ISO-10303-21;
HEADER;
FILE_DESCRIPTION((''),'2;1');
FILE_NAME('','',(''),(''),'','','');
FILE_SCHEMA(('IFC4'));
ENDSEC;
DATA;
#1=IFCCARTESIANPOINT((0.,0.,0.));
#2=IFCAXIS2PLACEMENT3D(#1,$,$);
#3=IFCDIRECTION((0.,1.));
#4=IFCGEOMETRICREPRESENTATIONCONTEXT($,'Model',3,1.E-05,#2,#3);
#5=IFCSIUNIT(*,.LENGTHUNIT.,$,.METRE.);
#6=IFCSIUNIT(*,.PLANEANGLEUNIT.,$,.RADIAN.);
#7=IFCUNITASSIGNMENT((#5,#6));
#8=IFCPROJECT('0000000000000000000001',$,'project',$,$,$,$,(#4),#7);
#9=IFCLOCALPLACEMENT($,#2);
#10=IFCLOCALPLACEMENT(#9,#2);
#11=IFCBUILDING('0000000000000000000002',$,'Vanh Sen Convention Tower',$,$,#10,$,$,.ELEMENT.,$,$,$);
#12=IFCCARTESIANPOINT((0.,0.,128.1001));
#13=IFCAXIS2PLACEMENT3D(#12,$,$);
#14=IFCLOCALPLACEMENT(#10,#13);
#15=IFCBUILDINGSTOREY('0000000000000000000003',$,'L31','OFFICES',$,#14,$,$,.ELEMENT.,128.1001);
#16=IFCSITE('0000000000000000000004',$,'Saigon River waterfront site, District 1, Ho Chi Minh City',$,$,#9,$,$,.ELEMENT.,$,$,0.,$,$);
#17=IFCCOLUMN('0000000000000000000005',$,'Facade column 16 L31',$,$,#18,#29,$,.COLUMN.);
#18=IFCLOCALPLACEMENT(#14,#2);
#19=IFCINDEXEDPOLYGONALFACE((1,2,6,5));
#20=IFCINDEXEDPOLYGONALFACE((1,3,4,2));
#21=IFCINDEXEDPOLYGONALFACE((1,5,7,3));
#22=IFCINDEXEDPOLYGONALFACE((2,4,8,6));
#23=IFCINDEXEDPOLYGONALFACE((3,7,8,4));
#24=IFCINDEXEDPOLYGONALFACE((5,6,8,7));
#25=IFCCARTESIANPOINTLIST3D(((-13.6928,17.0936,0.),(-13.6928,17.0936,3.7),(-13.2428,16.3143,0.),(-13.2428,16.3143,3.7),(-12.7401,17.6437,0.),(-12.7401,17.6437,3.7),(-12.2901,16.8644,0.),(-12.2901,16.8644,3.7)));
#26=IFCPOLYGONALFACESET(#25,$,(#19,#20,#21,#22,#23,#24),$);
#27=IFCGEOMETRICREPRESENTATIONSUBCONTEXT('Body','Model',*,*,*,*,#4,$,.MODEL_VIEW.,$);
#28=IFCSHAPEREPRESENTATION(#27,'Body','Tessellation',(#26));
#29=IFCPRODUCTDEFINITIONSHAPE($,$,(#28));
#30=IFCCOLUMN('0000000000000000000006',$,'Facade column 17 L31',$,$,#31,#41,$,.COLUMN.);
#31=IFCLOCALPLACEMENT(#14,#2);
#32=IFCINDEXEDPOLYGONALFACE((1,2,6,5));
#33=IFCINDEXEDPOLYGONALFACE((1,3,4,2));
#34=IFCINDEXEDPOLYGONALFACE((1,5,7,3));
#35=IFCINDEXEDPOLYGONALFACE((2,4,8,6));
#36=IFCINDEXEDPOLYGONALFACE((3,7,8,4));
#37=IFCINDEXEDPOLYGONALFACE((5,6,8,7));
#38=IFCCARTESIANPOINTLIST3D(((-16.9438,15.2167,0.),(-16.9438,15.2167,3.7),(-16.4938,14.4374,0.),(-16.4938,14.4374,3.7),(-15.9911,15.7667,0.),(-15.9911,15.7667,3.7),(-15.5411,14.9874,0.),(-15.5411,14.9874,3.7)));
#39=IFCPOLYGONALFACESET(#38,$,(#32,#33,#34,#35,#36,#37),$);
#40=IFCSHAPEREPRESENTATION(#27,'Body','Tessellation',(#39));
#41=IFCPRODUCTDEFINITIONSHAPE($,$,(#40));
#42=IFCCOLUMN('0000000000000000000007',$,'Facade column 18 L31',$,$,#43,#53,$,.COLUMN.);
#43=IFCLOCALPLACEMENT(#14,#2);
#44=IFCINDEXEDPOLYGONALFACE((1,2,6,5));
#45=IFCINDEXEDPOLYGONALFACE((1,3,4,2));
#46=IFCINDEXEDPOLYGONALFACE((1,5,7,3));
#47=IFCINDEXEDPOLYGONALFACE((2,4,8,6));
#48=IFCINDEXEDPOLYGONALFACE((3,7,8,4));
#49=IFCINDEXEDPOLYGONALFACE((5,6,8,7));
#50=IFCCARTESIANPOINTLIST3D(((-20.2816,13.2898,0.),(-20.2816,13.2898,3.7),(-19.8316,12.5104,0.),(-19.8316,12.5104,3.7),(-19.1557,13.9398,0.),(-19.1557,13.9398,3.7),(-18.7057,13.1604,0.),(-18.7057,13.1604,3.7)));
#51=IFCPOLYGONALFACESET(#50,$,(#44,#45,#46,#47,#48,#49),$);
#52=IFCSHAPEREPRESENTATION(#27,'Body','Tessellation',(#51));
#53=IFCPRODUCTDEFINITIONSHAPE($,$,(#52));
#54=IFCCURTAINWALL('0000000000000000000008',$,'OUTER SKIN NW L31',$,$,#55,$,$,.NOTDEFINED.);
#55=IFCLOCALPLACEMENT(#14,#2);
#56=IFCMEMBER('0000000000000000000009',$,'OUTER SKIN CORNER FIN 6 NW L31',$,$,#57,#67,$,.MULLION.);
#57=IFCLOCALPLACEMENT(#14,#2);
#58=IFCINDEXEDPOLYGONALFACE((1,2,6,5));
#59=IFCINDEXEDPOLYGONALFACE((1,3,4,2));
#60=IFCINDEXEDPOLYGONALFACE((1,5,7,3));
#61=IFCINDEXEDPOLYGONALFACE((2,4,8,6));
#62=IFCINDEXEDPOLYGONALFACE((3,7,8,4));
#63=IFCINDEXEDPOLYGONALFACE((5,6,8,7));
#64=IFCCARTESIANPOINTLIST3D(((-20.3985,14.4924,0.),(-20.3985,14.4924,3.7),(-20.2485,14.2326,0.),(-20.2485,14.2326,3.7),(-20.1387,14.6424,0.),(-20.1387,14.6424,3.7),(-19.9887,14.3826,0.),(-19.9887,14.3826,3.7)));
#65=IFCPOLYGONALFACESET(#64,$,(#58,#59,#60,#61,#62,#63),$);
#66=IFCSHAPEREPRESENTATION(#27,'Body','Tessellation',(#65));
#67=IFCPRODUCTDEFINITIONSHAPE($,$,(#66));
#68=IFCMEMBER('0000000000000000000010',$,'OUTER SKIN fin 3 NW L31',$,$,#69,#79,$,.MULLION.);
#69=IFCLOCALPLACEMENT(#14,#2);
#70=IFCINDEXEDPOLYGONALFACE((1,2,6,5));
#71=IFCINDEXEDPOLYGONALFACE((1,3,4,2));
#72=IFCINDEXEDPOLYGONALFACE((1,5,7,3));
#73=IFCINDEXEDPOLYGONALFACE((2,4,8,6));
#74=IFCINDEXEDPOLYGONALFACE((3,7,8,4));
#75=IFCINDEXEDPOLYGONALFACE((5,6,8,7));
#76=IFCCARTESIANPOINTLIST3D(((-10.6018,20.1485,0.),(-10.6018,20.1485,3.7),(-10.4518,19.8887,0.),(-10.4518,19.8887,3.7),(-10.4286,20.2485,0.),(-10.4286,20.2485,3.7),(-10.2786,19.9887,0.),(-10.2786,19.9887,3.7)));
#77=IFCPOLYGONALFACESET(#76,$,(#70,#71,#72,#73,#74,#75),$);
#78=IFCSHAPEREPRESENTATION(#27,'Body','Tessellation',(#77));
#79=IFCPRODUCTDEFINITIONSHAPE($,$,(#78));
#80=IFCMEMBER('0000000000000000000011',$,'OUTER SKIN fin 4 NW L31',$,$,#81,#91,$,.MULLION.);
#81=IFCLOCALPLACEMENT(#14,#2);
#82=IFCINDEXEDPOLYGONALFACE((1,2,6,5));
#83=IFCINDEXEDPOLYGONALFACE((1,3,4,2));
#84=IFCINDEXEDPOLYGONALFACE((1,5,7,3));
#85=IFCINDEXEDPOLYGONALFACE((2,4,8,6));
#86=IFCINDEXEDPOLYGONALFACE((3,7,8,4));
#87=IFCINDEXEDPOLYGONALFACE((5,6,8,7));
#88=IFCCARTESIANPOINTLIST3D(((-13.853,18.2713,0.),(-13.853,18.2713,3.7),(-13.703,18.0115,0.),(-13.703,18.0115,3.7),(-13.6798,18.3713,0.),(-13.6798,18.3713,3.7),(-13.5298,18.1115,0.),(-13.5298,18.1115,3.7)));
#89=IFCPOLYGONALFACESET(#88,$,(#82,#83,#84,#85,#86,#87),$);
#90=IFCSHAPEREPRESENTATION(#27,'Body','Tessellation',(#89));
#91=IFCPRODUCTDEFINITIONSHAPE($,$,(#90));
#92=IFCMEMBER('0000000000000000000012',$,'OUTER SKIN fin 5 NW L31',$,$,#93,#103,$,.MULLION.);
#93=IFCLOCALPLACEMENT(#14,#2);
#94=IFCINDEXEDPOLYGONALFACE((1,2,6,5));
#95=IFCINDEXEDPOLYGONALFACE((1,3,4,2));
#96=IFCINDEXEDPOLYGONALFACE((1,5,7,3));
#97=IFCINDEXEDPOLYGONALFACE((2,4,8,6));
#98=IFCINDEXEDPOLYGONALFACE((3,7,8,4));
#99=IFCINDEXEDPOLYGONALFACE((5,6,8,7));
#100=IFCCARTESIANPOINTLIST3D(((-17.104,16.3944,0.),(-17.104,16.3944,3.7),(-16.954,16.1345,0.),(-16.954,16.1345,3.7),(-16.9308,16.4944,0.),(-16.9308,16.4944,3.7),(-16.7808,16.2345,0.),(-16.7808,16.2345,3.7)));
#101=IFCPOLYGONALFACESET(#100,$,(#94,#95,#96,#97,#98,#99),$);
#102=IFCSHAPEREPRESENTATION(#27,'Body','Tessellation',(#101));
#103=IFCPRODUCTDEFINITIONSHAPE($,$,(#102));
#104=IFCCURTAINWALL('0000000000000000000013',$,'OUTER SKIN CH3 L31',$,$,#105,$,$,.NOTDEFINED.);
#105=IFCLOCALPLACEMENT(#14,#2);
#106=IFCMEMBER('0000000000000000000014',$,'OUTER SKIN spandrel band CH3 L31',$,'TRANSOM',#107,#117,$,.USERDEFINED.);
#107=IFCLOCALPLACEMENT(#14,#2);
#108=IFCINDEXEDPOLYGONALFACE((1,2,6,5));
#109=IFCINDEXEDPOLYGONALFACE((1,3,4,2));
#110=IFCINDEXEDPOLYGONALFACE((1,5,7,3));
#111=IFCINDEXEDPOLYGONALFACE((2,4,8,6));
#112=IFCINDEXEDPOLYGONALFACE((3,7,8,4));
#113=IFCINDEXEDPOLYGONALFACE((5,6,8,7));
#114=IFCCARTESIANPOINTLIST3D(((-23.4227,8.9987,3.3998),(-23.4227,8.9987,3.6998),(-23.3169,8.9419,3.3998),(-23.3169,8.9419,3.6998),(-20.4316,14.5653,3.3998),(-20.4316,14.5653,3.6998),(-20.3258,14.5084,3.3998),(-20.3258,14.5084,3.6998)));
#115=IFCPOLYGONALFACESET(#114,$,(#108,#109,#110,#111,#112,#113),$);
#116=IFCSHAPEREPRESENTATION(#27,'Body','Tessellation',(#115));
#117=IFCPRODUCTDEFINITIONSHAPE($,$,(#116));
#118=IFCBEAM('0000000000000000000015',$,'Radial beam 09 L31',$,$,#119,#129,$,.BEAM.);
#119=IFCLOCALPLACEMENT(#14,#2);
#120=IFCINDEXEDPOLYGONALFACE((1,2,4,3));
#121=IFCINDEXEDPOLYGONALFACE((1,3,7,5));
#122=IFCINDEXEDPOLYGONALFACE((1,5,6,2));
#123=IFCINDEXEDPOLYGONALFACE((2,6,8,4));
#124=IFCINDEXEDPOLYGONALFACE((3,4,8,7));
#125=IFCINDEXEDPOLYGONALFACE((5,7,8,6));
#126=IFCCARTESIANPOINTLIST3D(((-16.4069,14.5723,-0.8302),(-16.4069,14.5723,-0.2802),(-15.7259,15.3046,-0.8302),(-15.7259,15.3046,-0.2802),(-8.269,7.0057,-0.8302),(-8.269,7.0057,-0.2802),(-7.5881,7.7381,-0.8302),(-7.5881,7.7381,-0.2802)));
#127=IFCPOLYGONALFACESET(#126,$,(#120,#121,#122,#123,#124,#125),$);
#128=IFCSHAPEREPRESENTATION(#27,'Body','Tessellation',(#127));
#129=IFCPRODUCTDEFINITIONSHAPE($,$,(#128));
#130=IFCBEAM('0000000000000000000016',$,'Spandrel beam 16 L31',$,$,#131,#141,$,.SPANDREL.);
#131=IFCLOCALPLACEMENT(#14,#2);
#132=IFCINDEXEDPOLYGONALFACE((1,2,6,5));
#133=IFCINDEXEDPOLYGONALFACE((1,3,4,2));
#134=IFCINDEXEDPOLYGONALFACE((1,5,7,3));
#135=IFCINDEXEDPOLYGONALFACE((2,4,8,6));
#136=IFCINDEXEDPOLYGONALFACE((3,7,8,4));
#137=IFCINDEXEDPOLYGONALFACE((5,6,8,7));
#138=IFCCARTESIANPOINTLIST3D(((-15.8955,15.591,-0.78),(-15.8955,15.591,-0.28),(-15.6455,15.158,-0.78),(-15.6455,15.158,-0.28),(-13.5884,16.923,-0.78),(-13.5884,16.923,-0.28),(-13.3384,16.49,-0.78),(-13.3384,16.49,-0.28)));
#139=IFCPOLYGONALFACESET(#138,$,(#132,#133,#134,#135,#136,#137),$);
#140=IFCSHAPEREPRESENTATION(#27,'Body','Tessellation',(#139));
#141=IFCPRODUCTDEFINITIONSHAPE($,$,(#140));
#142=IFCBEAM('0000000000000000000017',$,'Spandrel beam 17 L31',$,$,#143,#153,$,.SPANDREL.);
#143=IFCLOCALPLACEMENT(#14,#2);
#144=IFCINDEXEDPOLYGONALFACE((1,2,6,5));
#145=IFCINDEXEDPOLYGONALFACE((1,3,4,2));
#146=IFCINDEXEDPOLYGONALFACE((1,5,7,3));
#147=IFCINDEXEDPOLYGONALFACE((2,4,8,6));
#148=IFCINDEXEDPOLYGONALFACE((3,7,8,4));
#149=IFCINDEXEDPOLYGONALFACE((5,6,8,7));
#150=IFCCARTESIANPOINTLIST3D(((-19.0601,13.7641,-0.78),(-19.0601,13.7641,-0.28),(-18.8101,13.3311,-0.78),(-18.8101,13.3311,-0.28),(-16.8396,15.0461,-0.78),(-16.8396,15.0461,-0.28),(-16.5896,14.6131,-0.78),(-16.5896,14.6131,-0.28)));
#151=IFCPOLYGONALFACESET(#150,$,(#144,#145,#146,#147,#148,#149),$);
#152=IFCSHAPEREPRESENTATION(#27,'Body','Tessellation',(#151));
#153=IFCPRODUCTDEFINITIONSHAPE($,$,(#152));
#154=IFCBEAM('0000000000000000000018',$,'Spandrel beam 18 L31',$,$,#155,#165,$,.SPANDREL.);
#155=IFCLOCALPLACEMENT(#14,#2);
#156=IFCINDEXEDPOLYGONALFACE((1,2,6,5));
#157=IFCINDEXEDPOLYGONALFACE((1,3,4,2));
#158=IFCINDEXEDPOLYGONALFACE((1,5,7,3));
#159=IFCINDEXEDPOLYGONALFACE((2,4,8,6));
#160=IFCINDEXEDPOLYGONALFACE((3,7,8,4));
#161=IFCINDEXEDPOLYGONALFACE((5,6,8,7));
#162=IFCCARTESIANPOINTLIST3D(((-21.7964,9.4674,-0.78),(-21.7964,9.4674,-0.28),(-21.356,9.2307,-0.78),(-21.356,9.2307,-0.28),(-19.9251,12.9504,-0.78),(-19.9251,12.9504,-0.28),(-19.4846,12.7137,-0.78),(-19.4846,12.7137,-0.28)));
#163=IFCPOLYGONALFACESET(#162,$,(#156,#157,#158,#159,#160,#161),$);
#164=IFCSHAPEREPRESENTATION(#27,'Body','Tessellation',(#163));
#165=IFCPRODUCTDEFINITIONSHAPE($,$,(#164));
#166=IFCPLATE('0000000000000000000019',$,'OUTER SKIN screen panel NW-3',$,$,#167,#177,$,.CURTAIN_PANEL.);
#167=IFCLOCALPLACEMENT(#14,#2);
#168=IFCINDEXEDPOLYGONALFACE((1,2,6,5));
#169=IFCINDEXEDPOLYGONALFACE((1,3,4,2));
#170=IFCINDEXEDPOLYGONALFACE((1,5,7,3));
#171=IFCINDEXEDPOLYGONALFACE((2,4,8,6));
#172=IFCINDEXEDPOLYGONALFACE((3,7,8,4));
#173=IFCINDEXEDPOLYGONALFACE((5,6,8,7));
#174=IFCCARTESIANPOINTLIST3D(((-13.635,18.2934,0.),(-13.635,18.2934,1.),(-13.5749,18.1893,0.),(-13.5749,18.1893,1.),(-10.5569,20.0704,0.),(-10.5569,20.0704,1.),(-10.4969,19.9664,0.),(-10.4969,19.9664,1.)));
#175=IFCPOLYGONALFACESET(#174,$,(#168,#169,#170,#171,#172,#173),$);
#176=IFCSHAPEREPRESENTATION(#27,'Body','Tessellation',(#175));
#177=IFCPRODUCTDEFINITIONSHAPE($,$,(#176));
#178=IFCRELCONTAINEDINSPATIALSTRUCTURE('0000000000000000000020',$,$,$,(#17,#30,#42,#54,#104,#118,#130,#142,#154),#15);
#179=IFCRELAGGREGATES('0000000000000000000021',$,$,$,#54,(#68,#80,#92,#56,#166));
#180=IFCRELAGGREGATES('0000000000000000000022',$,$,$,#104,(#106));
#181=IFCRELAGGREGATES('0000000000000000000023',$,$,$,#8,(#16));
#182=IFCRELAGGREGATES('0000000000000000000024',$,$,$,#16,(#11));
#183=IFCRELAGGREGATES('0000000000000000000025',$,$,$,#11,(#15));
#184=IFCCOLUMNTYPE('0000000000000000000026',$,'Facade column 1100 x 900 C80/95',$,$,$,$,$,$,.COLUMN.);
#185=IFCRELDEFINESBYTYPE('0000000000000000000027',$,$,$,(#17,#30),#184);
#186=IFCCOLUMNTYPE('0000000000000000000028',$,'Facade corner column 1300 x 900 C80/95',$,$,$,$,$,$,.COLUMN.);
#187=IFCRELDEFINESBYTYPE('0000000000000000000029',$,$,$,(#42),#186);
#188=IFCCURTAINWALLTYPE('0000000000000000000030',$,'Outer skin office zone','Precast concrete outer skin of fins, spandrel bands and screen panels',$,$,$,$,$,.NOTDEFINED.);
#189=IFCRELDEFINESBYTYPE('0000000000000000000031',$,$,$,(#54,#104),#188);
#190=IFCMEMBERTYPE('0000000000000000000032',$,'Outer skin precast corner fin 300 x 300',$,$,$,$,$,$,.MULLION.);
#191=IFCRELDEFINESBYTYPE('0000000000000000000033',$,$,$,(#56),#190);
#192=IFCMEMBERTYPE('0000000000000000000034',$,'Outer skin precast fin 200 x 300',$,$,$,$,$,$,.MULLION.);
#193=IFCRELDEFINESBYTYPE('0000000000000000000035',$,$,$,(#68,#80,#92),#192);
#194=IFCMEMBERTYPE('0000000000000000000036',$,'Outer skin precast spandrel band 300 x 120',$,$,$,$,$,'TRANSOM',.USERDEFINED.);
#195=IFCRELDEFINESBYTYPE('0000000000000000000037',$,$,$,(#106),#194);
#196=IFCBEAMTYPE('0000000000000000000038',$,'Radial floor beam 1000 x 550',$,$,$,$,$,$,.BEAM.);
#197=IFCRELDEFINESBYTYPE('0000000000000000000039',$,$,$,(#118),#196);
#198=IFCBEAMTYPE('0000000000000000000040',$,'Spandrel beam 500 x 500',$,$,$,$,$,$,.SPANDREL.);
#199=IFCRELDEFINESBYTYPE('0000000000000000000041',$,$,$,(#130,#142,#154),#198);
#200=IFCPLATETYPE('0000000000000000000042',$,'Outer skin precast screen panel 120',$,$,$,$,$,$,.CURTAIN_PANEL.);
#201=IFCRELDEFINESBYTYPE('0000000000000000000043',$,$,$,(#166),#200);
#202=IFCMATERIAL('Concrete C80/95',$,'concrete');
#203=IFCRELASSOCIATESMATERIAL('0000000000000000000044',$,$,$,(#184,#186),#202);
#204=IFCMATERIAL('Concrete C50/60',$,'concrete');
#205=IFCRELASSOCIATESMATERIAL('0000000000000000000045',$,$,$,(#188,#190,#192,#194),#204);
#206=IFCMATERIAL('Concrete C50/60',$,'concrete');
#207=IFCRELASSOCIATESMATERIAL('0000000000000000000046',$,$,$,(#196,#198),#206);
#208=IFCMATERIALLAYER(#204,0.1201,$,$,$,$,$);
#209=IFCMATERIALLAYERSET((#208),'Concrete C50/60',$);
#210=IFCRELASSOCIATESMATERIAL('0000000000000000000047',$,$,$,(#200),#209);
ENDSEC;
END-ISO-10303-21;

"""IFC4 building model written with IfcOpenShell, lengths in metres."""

from ifc_helpers import new_model, si_unit, direction, frame, origin, origin_2d, place, context, subcontext, project, spatial, rectangle, extrude, material, layer, layer_set, material_profile, profile_set, type_object, element, aggregate, save


model = new_model("IFC4")

# Units and contexts
model_context = context("Model", 3, precision=1e-05, world=origin(), true_north=direction((0.0, 1.0)))
body_context = subcontext(model_context, "Body", "Model", "MODEL_VIEW")
ifc_project = project(units=[si_unit("LENGTHUNIT", "METRE"), si_unit("PLANEANGLEUNIT", "RADIAN")], contexts=[model_context])

# Site, building, storey
site_placement = place(None, origin())
site = spatial("IfcSite", under=ifc_project, at=site_placement, Name="Saigon River waterfront site, District 1, Ho Chi Minh City", CompositionType="ELEMENT", RefElevation=0.0)
building_placement = place(site_placement, origin())
building = spatial("IfcBuilding", under=site, at=building_placement, Name="Vanh Sen Convention Tower", CompositionType="ELEMENT")
storey_placement = place(building_placement, frame((0.0, 0.0, 128.1001)))
storey = spatial("IfcBuildingStorey", under=building, at=storey_placement, Name="L31", Description="OFFICES", CompositionType="ELEMENT", Elevation=128.1001)

# Columns
ifc_material_1 = material(Name="Concrete C80/95", Category="concrete")
ifc_material_profile_1 = material_profile(ifc_material_1, rectangle(XDim=1.1001, YDim=0.8999, at=origin_2d()), Name="RC 1100X900")
ifc_profile_set_1 = profile_set([ifc_material_profile_1], Name="Concrete C80/95")
column_type_1 = type_object("IfcColumnType", Name="Facade column 1100 x 900 C80/95", PredefinedType="COLUMN", material=ifc_profile_set_1)
for number, where, z_axis, x_axis, name in (
    (1, (-12.9915, 16.979, 0.0), (0.0, 0.0, 1.0), (-0.866025, -0.5, 0.0), "Facade column 16 L31"),
    (2, (-16.2424, 15.1021, 0.0), (0.0, 0.0, 1.0), (-0.866025, -0.5, 0.0), "Facade column 17 L31"),
):
    element("IfcColumn", number, at=place(storey_placement, frame(where, z_axis=z_axis, x_axis=x_axis)), inside=storey, type_object=column_type_1, Name=name, PredefinedType="COLUMN", context=body_context, shape_type="SweptSolid", body=[
        extrude(rectangle(XDim=1.1001, YDim=0.8999, at=origin_2d()), origin(), (0.0, 0.0, 1.0), 3.7),
    ])
ifc_material_profile_2 = material_profile(ifc_material_1, rectangle(XDim=1.3, YDim=0.8999, at=origin_2d()), Name="RC 1300X900")
ifc_profile_set_2 = profile_set([ifc_material_profile_2], Name="Concrete C80/95")
column_type_2 = type_object("IfcColumnType", Name="Facade corner column 1300 x 900 C80/95", PredefinedType="COLUMN", material=ifc_profile_set_2)
column_placement = place(storey_placement, frame((-19.4937, 13.2251, 0.0), z_axis=(0.0, 0.0, 1.0), x_axis=(-0.866025, -0.5, 0.0)))
element("IfcColumn", 3, at=column_placement, inside=storey, type_object=column_type_2, Name="Facade column 18 L31", PredefinedType="COLUMN", context=body_context, shape_type="SweptSolid", body=[
    extrude(rectangle(XDim=1.3, YDim=0.8999, at=origin_2d()), origin(), (0.0, 0.0, 1.0), 3.7),
])

# Curtain wall, members
ifc_material_2 = material(Name="Concrete C50/60", Category="concrete")
curtain_wall_type = type_object("IfcCurtainWallType", Name="Outer skin office zone", Description="Precast concrete outer skin of fins, spandrel bands and screen panels", PredefinedType="NOTDEFINED", material=ifc_material_2)
curtain_wall_1_placement = place(storey_placement, origin())
curtain_wall_1 = element("IfcCurtainWall", 4, at=curtain_wall_1_placement, inside=storey, type_object=curtain_wall_type, Name="OUTER SKIN NW L31", PredefinedType="NOTDEFINED")
ifc_material_profile_3 = material_profile(ifc_material_2, rectangle(XDim=0.3, YDim=0.3, at=origin_2d()), Name="Outer skin precast corner fin 300 x 300")
ifc_profile_set_3 = profile_set([ifc_material_profile_3], Name="Concrete C50/60")
member_type_1 = type_object("IfcMemberType", Name="Outer skin precast corner fin 300 x 300", PredefinedType="MULLION", material=ifc_profile_set_3)
member_1_placement = place(storey_placement, frame((-20.1936, 14.4375, 0.0), z_axis=(0.0, 0.0, 1.0), x_axis=(-0.866025, -0.5, 0.0)))
member_1 = element("IfcMember", 5, at=member_1_placement, type_object=member_type_1, Name="OUTER SKIN CORNER FIN 6 NW L31", PredefinedType="MULLION", context=body_context, shape_type="SweptSolid", body=[
    extrude(rectangle(XDim=0.3, YDim=0.3, at=origin_2d()), origin(), (0.0, 0.0, 1.0), 3.7),
])
ifc_material_profile_4 = material_profile(ifc_material_2, rectangle(XDim=0.2, YDim=0.3, at=origin_2d()), Name="Outer skin precast fin 200 x 300")
ifc_profile_set_4 = profile_set([ifc_material_profile_4], Name="Concrete C50/60")
member_type_2 = type_object("IfcMemberType", Name="Outer skin precast fin 200 x 300", PredefinedType="MULLION", material=ifc_profile_set_4)
member_2_placement = place(storey_placement, frame((-10.4402, 20.0686, 0.0), z_axis=(0.0, 0.0, 1.0), x_axis=(-0.866025, -0.5, 0.0)))
member_2 = element("IfcMember", 6, at=member_2_placement, type_object=member_type_2, Name="OUTER SKIN fin 3 NW L31", PredefinedType="MULLION", context=body_context, shape_type="SweptSolid", body=[
    extrude(rectangle(XDim=0.2, YDim=0.3, at=origin_2d()), origin(), (0.0, 0.0, 1.0), 3.7),
])
member_3_placement = place(storey_placement, frame((-13.6914, 18.1914, 0.0), z_axis=(0.0, 0.0, 1.0), x_axis=(-0.866025, -0.5, 0.0)))
member_3 = element("IfcMember", 7, at=member_3_placement, type_object=member_type_2, Name="OUTER SKIN fin 4 NW L31", PredefinedType="MULLION", context=body_context, shape_type="SweptSolid", body=[
    extrude(rectangle(XDim=0.2, YDim=0.3, at=origin_2d()), origin(), (0.0, 0.0, 1.0), 3.7),
])
member_4_placement = place(storey_placement, frame((-16.9424, 16.3145, 0.0), z_axis=(0.0, 0.0, 1.0), x_axis=(-0.866025, -0.5, 0.0)))
member_4 = element("IfcMember", 8, at=member_4_placement, type_object=member_type_2, Name="OUTER SKIN fin 5 NW L31", PredefinedType="MULLION", context=body_context, shape_type="SweptSolid", body=[
    extrude(rectangle(XDim=0.2, YDim=0.3, at=origin_2d()), origin(), (0.0, 0.0, 1.0), 3.7),
])

# Curtain wall, member
curtain_wall_2_placement = place(storey_placement, origin())
curtain_wall_2 = element("IfcCurtainWall", 9, at=curtain_wall_2_placement, inside=storey, type_object=curtain_wall_type, Name="OUTER SKIN CH3 L31", PredefinedType="NOTDEFINED")
ifc_material_profile_5 = material_profile(ifc_material_2, rectangle(XDim=0.1201, YDim=0.3, at=origin_2d()), Name="Outer skin precast spandrel band 300 x 120")
ifc_profile_set_5 = profile_set([ifc_material_profile_5], Name="Concrete C50/60")
member_type_3 = type_object("IfcMemberType", Name="Outer skin precast spandrel band 300 x 120", ElementType="TRANSOM", PredefinedType="USERDEFINED", material=ifc_profile_set_5)
member_5_placement = place(storey_placement, frame((-20.3787, 14.5369, 3.5498), z_axis=(-0.473337, -0.880881, 0.0), x_axis=(0.880881, -0.473337, 0.0)))
member_5 = element("IfcMember", 10, at=member_5_placement, type_object=member_type_3, Name="OUTER SKIN spandrel band CH3 L31", ObjectType="TRANSOM", PredefinedType="USERDEFINED", context=body_context, shape_type="SweptSolid", body=[
    extrude(rectangle(XDim=0.1201, YDim=0.3, at=origin_2d()), origin(), (0.0, 0.0, 1.0), 6.3193),
])

# Beams
ifc_material_3 = material(Name="Concrete C50/60", Category="concrete")
ifc_material_profile_6 = material_profile(ifc_material_3, rectangle(XDim=1.0, YDim=0.55, at=origin_2d()), Name="RC 1000X550")
ifc_profile_set_6 = profile_set([ifc_material_profile_6], Name="Concrete C50/60")
beam_type_1 = type_object("IfcBeamType", Name="Radial floor beam 1000 x 550", PredefinedType="BEAM", material=ifc_profile_set_6)
beam_1_placement = place(storey_placement, frame((-16.0664, 14.9385, -0.5552), z_axis=(0.732345, -0.680934, 0.0), x_axis=(0.680934, 0.732345, 0.0)))
element("IfcBeam", 11, at=beam_1_placement, inside=storey, type_object=beam_type_1, Name="Radial beam 09 L31", PredefinedType="BEAM", context=body_context, shape_type="SweptSolid", body=[
    extrude(rectangle(XDim=1.0, YDim=0.55, at=origin_2d()), origin(), (0.0, 0.0, 1.0), 11.1121),
])
ifc_material_profile_7 = material_profile(ifc_material_3, rectangle(XDim=0.5, YDim=0.5, at=origin_2d()), Name="RC 500X500")
ifc_profile_set_7 = profile_set([ifc_material_profile_7], Name="Concrete C50/60")
beam_type_2 = type_object("IfcBeamType", Name="Spandrel beam 500 x 500", PredefinedType="SPANDREL", material=ifc_profile_set_7)
beam_2_placement = place(storey_placement, frame((-13.4634, 16.7065, -0.53), z_axis=(-0.866024, -0.500003, 0.0), x_axis=(0.500003, -0.866024, 0.0)))
element("IfcBeam", 12, at=beam_2_placement, inside=storey, type_object=beam_type_2, Name="Spandrel beam 16 L31", PredefinedType="SPANDREL", context=body_context, shape_type="SweptSolid", body=[
    extrude(rectangle(XDim=0.5, YDim=0.5, at=origin_2d()), origin(), (0.0, 0.0, 1.0), 2.6641),
])
beam_3_placement = place(storey_placement, frame((-16.7146, 14.8296, -0.53), z_axis=(-0.866025, -0.5, 0.0), x_axis=(0.5, -0.866025, 0.0)))
element("IfcBeam", 13, at=beam_3_placement, inside=storey, type_object=beam_type_2, Name="Spandrel beam 17 L31", PredefinedType="SPANDREL", context=body_context, shape_type="SweptSolid", body=[
    extrude(rectangle(XDim=0.5, YDim=0.5, at=origin_2d()), origin(), (0.0, 0.0, 1.0), 2.564),
])
beam_4_placement = place(storey_placement, frame((-19.7048, 12.832, -0.53), z_axis=(-0.473301, -0.880901, 0.0), x_axis=(0.880901, -0.473301, 0.0)))
element("IfcBeam", 14, at=beam_4_placement, inside=storey, type_object=beam_type_2, Name="Spandrel beam 18 L31", PredefinedType="SPANDREL", context=body_context, shape_type="SweptSolid", body=[
    extrude(rectangle(XDim=0.5, YDim=0.5, at=origin_2d()), origin(), (0.0, 0.0, 1.0), 3.9539),
])

# Plate
ifc_layer_1 = layer(ifc_material_2, 0.1201)
ifc_layer_set_1 = layer_set([ifc_layer_1], Name="Concrete C50/60")
plate_type = type_object("IfcPlateType", Name="Outer skin precast screen panel 120", PredefinedType="CURTAIN_PANEL", material=ifc_layer_set_1)
plate_1_placement = place(storey_placement, frame((-12.0659, 19.1299, 0.0), z_axis=(0.0, 0.0, 1.0), x_axis=(-0.866035, -0.499983, 0.0)))
plate_1 = element("IfcPlate", 15, at=plate_1_placement, type_object=plate_type, Name="OUTER SKIN screen panel NW-3", PredefinedType="CURTAIN_PANEL", context=body_context, shape_type="SweptSolid", body=[
    extrude(rectangle(XDim=3.5542, YDim=0.1201, at=origin_2d()), origin(), (0.0, 0.0, 1.0), 1.0),
])
aggregate(curtain_wall_1, [member_2, member_3, member_4, member_1, plate_1])
aggregate(curtain_wall_2, [member_5])

save(model, "model.ifc")
